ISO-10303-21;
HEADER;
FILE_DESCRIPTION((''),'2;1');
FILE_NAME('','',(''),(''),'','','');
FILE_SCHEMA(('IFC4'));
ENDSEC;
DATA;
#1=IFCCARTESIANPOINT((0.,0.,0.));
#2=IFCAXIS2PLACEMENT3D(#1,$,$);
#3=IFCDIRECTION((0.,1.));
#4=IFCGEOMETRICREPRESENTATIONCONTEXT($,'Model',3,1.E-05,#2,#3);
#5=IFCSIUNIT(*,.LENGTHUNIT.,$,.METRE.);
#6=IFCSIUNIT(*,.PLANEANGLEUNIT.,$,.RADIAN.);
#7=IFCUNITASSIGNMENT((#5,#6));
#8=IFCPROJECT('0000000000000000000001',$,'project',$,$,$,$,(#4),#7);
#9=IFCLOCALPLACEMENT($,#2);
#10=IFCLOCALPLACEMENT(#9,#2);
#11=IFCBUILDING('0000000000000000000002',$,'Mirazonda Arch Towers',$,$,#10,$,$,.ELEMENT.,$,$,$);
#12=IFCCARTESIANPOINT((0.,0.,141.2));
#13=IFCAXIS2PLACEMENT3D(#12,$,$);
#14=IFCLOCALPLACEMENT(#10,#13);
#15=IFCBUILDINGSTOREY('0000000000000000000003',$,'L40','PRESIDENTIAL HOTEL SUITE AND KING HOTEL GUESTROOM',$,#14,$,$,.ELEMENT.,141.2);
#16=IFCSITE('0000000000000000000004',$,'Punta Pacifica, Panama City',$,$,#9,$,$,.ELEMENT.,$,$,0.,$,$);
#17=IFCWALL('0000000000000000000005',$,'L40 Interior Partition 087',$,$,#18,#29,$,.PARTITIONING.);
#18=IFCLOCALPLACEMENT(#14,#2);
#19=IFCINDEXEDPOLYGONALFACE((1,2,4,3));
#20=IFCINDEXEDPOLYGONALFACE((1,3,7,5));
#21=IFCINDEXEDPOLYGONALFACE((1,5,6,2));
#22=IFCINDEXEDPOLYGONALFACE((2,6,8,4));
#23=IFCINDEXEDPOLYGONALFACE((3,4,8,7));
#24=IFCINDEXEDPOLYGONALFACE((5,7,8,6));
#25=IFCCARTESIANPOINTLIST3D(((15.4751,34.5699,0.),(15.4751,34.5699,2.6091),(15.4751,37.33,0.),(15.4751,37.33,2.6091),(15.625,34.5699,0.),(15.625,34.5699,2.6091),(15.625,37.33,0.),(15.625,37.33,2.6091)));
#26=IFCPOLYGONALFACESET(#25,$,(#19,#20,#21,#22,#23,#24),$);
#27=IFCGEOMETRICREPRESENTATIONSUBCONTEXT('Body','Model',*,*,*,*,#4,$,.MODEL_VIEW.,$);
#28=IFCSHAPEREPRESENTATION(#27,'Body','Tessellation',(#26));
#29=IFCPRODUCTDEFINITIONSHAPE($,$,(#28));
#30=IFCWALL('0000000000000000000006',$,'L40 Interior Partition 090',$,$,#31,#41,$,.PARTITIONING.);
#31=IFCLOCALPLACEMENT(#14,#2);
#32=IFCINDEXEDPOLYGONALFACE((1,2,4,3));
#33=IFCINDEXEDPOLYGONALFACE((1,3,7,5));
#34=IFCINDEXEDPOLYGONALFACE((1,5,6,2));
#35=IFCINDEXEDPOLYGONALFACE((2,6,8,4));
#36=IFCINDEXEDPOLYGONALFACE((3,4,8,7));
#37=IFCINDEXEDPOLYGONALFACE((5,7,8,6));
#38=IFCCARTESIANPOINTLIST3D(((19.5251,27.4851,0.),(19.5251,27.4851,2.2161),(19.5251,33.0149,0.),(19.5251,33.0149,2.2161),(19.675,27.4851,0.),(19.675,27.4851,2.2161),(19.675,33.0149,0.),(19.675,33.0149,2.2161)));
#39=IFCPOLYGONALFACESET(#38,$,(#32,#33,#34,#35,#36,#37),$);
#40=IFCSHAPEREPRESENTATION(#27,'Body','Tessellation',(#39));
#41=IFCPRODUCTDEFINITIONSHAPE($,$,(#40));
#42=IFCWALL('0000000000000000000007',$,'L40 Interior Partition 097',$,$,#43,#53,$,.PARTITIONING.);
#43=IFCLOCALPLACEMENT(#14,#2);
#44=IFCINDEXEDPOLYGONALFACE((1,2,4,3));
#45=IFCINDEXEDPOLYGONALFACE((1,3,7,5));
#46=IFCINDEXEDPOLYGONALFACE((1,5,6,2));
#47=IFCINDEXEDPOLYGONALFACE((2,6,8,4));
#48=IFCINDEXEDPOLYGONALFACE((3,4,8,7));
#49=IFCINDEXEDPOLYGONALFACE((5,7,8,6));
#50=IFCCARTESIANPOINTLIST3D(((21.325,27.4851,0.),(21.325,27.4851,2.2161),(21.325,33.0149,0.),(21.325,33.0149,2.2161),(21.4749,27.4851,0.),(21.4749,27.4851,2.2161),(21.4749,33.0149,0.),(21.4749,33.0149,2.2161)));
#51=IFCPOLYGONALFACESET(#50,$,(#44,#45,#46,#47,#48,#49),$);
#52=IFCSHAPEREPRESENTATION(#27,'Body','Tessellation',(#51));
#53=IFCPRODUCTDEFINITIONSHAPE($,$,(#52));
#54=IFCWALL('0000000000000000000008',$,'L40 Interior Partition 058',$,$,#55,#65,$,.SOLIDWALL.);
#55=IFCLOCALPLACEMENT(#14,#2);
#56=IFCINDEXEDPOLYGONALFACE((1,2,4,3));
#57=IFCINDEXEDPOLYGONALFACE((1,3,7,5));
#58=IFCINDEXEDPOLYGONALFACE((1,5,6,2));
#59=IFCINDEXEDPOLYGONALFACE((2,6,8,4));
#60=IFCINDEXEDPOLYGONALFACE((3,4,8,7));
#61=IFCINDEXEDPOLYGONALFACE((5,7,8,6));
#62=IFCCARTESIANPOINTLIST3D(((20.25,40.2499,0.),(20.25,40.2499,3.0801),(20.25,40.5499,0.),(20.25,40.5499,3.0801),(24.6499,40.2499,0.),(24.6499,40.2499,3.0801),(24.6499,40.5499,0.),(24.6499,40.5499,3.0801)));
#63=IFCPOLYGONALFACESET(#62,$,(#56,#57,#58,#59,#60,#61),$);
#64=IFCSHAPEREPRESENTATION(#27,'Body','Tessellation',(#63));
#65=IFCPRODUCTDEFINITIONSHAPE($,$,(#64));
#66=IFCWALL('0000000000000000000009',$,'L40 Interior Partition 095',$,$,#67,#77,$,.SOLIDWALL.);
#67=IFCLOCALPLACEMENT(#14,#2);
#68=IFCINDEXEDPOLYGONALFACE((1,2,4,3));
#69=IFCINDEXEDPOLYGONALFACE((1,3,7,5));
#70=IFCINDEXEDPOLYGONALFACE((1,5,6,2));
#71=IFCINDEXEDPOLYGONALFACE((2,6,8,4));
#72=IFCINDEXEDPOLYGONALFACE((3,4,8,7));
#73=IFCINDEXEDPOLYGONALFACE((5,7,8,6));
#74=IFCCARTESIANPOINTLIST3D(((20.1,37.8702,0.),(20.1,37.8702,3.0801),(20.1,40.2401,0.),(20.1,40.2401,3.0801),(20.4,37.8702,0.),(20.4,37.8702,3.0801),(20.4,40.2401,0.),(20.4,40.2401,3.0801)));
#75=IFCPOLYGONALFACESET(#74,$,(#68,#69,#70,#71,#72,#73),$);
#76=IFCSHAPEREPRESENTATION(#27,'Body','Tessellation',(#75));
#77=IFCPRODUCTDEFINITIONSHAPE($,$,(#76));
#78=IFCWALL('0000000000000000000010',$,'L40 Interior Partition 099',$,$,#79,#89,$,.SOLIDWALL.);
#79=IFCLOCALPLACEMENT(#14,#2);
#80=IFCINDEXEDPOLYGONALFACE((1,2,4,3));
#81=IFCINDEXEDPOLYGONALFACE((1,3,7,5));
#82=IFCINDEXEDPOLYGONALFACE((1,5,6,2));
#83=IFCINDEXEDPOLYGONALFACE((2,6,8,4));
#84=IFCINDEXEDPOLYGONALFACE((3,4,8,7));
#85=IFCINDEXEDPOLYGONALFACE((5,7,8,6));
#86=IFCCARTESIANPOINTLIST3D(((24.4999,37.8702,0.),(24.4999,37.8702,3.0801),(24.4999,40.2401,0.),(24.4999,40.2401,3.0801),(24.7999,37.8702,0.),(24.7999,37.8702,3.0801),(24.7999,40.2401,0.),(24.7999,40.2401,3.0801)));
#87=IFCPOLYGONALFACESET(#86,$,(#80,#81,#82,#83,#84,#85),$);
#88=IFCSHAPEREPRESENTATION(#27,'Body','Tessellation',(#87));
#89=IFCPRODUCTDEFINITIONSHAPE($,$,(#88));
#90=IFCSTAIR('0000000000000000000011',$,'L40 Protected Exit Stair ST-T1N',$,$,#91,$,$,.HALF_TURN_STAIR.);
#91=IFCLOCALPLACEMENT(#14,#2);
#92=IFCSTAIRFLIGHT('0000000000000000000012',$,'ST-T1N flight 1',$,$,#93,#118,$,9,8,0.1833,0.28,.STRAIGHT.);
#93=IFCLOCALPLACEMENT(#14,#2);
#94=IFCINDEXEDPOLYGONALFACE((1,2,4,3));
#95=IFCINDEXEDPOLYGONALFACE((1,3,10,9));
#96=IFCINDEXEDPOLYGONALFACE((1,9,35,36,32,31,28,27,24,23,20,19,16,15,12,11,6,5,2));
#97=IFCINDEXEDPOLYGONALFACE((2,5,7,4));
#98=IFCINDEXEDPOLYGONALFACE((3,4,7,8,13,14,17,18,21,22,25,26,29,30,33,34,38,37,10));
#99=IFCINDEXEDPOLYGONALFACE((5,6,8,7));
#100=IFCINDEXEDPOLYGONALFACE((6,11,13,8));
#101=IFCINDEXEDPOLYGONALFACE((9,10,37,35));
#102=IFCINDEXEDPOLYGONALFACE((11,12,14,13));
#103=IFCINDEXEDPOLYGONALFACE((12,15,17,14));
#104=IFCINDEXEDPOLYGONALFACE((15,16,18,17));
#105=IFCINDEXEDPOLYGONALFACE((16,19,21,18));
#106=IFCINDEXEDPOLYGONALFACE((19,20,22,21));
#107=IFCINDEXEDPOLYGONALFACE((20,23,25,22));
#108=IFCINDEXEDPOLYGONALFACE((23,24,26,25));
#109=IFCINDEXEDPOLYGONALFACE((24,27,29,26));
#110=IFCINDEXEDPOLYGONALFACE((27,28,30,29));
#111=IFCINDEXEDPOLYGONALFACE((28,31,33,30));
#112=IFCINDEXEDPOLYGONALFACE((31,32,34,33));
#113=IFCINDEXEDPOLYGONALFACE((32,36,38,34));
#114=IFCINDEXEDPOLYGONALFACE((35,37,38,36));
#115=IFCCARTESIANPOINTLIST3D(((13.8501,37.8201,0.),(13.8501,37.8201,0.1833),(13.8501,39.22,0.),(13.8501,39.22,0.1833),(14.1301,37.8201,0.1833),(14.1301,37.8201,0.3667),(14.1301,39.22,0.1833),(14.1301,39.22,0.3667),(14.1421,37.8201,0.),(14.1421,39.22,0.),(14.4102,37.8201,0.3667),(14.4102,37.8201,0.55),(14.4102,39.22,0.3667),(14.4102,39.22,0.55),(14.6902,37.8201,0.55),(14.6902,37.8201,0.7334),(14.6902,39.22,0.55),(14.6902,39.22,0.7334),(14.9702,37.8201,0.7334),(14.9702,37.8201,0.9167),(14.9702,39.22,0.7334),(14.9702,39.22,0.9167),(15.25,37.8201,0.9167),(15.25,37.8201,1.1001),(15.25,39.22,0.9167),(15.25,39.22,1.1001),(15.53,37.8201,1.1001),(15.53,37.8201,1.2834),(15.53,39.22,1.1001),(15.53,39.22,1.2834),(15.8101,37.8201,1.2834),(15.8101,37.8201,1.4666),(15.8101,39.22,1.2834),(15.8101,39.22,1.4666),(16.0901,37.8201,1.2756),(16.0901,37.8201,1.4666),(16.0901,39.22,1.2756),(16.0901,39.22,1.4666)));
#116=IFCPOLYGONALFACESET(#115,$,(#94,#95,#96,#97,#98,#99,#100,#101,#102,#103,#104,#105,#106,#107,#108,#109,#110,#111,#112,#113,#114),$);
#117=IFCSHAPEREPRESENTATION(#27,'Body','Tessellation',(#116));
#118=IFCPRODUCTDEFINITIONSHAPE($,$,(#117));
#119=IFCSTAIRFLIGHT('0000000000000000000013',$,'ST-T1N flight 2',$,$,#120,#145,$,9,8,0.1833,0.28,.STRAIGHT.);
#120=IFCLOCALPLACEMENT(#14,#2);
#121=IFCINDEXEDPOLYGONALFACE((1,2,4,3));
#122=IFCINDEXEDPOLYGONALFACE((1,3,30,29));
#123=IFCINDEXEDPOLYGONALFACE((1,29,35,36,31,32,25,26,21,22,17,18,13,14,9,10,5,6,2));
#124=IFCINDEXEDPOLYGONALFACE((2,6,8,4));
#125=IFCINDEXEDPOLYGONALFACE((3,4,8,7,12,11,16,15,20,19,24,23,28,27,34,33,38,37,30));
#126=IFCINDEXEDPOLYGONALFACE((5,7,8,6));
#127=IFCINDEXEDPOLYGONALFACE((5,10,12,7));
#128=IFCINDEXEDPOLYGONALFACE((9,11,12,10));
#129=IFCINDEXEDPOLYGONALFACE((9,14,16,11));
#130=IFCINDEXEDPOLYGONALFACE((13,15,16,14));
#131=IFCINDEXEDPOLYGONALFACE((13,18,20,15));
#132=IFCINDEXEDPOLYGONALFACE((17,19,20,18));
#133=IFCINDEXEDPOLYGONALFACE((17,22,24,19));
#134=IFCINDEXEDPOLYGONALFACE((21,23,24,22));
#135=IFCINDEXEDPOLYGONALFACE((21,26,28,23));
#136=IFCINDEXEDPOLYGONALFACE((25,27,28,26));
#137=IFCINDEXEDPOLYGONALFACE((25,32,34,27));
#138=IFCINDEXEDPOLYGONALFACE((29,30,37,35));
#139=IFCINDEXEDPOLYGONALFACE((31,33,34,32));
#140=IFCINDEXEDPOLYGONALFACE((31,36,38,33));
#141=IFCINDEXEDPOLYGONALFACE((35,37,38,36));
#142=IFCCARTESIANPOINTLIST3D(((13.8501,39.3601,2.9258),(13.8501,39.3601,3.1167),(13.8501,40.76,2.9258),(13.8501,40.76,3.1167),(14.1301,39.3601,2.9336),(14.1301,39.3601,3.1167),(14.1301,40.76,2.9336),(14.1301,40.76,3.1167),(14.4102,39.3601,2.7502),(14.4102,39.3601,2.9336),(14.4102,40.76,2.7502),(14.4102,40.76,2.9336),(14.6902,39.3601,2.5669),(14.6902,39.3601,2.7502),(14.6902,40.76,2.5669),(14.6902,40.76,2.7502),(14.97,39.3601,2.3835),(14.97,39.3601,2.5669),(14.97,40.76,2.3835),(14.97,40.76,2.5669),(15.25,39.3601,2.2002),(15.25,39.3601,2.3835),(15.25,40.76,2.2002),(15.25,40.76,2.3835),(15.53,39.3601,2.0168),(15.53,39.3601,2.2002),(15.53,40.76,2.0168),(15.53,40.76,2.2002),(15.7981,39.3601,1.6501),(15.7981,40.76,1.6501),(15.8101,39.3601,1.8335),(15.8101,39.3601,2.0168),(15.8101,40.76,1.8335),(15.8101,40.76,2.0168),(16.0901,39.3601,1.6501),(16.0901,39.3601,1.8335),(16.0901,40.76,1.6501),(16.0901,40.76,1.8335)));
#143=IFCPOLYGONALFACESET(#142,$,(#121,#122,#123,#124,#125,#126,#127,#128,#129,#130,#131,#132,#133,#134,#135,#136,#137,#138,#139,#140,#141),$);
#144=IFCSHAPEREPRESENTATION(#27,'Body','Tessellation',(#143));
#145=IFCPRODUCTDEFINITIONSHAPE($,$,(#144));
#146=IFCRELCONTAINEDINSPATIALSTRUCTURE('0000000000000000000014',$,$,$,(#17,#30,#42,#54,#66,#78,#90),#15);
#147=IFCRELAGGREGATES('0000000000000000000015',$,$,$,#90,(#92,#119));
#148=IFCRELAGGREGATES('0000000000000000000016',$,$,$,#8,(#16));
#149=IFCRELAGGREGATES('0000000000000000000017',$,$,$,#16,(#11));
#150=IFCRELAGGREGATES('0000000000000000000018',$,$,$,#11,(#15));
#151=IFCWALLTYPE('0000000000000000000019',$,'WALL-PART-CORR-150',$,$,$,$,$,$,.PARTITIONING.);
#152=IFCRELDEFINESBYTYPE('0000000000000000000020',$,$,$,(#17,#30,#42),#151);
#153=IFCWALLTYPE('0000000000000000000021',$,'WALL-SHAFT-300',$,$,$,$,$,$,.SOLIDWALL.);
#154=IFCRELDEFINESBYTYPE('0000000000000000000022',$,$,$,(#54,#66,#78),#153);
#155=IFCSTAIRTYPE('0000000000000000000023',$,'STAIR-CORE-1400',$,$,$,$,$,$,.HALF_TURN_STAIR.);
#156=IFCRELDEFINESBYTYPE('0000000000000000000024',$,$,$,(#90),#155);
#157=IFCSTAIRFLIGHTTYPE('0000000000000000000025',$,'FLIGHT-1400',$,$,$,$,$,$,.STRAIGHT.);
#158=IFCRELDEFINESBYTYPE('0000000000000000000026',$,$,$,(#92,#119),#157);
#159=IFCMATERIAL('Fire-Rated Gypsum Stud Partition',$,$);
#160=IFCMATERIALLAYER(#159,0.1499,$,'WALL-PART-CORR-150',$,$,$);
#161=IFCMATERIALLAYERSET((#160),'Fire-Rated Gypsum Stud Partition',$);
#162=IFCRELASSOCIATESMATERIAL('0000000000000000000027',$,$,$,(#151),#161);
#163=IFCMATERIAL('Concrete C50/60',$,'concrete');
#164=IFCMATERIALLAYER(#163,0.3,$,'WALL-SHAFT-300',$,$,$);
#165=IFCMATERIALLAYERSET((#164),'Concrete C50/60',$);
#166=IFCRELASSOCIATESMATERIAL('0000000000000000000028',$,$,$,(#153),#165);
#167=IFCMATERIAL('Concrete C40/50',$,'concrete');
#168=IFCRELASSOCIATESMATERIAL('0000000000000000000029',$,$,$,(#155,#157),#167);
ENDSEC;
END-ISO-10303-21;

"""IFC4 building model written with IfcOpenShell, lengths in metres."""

from ifc_helpers import new_model, si_unit, direction, frame, frame_2d, origin, place, context, subcontext, project, spatial, polyline, rectangle, outline, extrude, material, layer, layer_set, type_object, element, aggregate, save


model = new_model("IFC4")

# Units and contexts
model_context = context("Model", 3, precision=1e-05, world=origin(), true_north=direction((0.0, 1.0)))
body_context = subcontext(model_context, "Body", "Model", "MODEL_VIEW")
ifc_project = project(units=[si_unit("LENGTHUNIT", "METRE"), si_unit("PLANEANGLEUNIT", "RADIAN")], contexts=[model_context])

# Site, building, storey
site_placement = place(None, origin())
site = spatial("IfcSite", under=ifc_project, at=site_placement, Name="Punta Pacifica, Panama City", CompositionType="ELEMENT", RefElevation=0.0)
building_placement = place(site_placement, origin())
building = spatial("IfcBuilding", under=site, at=building_placement, Name="Mirazonda Arch Towers", CompositionType="ELEMENT")
storey_placement = place(building_placement, frame((0.0, 0.0, 141.2)))
storey = spatial("IfcBuildingStorey", under=building, at=storey_placement, Name="L40", Description="PRESIDENTIAL HOTEL SUITE AND KING HOTEL GUESTROOM", CompositionType="ELEMENT", Elevation=141.2)

# Shared definitions
ifc_material_1 = material(Name="Concrete C50/60", Category="concrete")

# Shared definitions
ifc_material_2 = material(Name="Concrete C40/50", Category="concrete")

# Shared definitions
ifc_material_3 = material(Name="Fire-Rated Gypsum Stud Partition")
ifc_layer_1 = layer(ifc_material_3, 0.1499, Name="WALL-PART-CORR-150")
ifc_layer_set_1 = layer_set([ifc_layer_1], Name="Fire-Rated Gypsum Stud Partition")
wall_type_1 = type_object("IfcWallType", Name="WALL-PART-CORR-150", PredefinedType="PARTITIONING", material=ifc_layer_set_1)

# Walls
wall_1_placement = place(storey_placement, frame((15.55, 34.5701, 0.0), z_axis=(0.0, 0.0, 1.0), x_axis=(0.0, 1.0, 0.0)))
element("IfcWall", 1, at=wall_1_placement, inside=storey, type_object=wall_type_1, Name="L40 Interior Partition 087", PredefinedType="PARTITIONING", context=body_context, shape_type="SweptSolid", body=[
    extrude(rectangle(XDim=2.76, YDim=0.1499, at=frame_2d((1.3799, 0.0))), origin(), (0.0, 0.0, 1.0), 2.6091),
])
for number, where, z_axis, x_axis, name in (
    (2, (19.6001, 27.4851, 0.0), (0.0, 0.0, 1.0), (0.0, 1.0, 0.0), "L40 Interior Partition 090"),
    (3, (21.3999, 27.4851, 0.0), (0.0, 0.0, 1.0), (0.0, 1.0, 0.0), "L40 Interior Partition 097"),
):
    element("IfcWall", number, at=place(storey_placement, frame(where, z_axis=z_axis, x_axis=x_axis)), inside=storey, type_object=wall_type_1, Name=name, PredefinedType="PARTITIONING", context=body_context, shape_type="SweptSolid", body=[
        extrude(rectangle(XDim=5.5298, YDim=0.1499, at=frame_2d((2.7649, 0.0))), origin(), (0.0, 0.0, 1.0), 2.2161),
    ])
ifc_layer_2 = layer(ifc_material_1, 0.3, Name="WALL-SHAFT-300")
ifc_layer_set_2 = layer_set([ifc_layer_2], Name="Concrete C50/60")
wall_type_2 = type_object("IfcWallType", Name="WALL-SHAFT-300", PredefinedType="SOLIDWALL", material=ifc_layer_set_2)
wall_2_placement = place(storey_placement, frame((20.25, 40.3999, 0.0), z_axis=(0.0, 0.0, 1.0), x_axis=(1.0, 0.0, 0.0)))
element("IfcWall", 4, at=wall_2_placement, inside=storey, type_object=wall_type_2, Name="L40 Interior Partition 058", PredefinedType="SOLIDWALL", context=body_context, shape_type="SweptSolid", body=[
    extrude(rectangle(XDim=4.3999, YDim=0.3, at=frame_2d((2.2, 0.0))), origin(), (0.0, 0.0, 1.0), 3.0801),
])
for number, where, z_axis, x_axis, name in (
    (5, (20.25, 37.8701, 0.0), (0.0, 0.0, 1.0), (0.0, 1.0, 0.0), "L40 Interior Partition 095"),
    (6, (24.6499, 37.8701, 0.0), (0.0, 0.0, 1.0), (0.0, 1.0, 0.0), "L40 Interior Partition 099"),
):
    element("IfcWall", number, at=place(storey_placement, frame(where, z_axis=z_axis, x_axis=x_axis)), inside=storey, type_object=wall_type_2, Name=name, PredefinedType="SOLIDWALL", context=body_context, shape_type="SweptSolid", body=[
        extrude(rectangle(XDim=2.3699, YDim=0.3, at=frame_2d((1.1851, 0.0))), origin(), (0.0, 0.0, 1.0), 3.0801),
    ])

# Stair, stair flights
stair_type = type_object("IfcStairType", Name="STAIR-CORE-1400", PredefinedType="HALF_TURN_STAIR", material=ifc_material_2)
stair_placement = place(storey_placement, origin())
stair = element("IfcStair", 7, at=stair_placement, inside=storey, type_object=stair_type, Name="L40 Protected Exit Stair ST-T1N", PredefinedType="HALF_TURN_STAIR")
stair_flight_type = type_object("IfcStairFlightType", Name="FLIGHT-1400", PredefinedType="STRAIGHT", material=ifc_material_2)
stair_flight_1_placement = place(storey_placement, frame((13.8501, 38.52, 0.0), z_axis=(0.0, 0.0, 1.0), x_axis=(1.0, 0.0, 0.0)))
stair_flight_1 = element("IfcStairFlight", 8, at=stair_flight_1_placement, type_object=stair_flight_type, Name="ST-T1N flight 1", NumberOfRisers=9, NumberOfTreads=8, PredefinedType="STRAIGHT", RiserHeight=0.1833, TreadLength=0.28, context=body_context, shape_type="SweptSolid", body=[
    extrude(outline(polyline([(0.0, 0.0), (0.0, 0.1833), (0.28, 0.1833), (0.28, 0.3667), (0.5601, 0.3667), (0.5601, 0.55), (0.8401, 0.55), (0.8401, 0.7334), (1.1201, 0.7334), (1.1201, 0.9167), (1.3999, 0.9167), (1.3999, 1.1001), (1.6799, 1.1001), (1.6799, 1.2834), (1.96, 1.2834), (1.96, 1.4666), (2.24, 1.4666), (2.24, 1.6499), (2.24, 1.2756), (0.292, 0.0), (0.0, 0.0)])), frame((0.0, 0.7, 0.0), z_axis=(0.0, -1.0, 0.0), x_axis=(1.0, 0.0, 0.0)), (0.0, 0.0, 1.0), 1.3999),
])
stair_flight_2_placement = place(storey_placement, frame((16.0901, 40.0601, 1.6501), z_axis=(0.0, 0.0, 1.0), x_axis=(-1.0, 0.0, 0.0)))
stair_flight_2 = element("IfcStairFlight", 9, at=stair_flight_2_placement, type_object=stair_flight_type, Name="ST-T1N flight 2", NumberOfRisers=9, NumberOfTreads=8, PredefinedType="STRAIGHT", RiserHeight=0.1833, TreadLength=0.28, context=body_context, shape_type="SweptSolid", body=[
    extrude(outline(polyline([(0.0, 0.0), (0.0, 0.1833), (0.28, 0.1833), (0.28, 0.3667), (0.5601, 0.3667), (0.5601, 0.55), (0.8401, 0.55), (0.8401, 0.7334), (1.1201, 0.7334), (1.1201, 0.9167), (1.3999, 0.9167), (1.3999, 1.1001), (1.6799, 1.1001), (1.6799, 1.2834), (1.96, 1.2834), (1.96, 1.4666), (2.24, 1.4666), (2.24, 1.6499), (2.24, 1.2756), (0.292, 0.0), (0.0, 0.0)])), frame((0.0, 0.7, 0.0), z_axis=(0.0, -1.0, 0.0), x_axis=(1.0, 0.0, 0.0)), (0.0, 0.0, 1.0), 1.3999),
])
aggregate(stair, [stair_flight_1, stair_flight_2])

save(model, "model.ifc")
